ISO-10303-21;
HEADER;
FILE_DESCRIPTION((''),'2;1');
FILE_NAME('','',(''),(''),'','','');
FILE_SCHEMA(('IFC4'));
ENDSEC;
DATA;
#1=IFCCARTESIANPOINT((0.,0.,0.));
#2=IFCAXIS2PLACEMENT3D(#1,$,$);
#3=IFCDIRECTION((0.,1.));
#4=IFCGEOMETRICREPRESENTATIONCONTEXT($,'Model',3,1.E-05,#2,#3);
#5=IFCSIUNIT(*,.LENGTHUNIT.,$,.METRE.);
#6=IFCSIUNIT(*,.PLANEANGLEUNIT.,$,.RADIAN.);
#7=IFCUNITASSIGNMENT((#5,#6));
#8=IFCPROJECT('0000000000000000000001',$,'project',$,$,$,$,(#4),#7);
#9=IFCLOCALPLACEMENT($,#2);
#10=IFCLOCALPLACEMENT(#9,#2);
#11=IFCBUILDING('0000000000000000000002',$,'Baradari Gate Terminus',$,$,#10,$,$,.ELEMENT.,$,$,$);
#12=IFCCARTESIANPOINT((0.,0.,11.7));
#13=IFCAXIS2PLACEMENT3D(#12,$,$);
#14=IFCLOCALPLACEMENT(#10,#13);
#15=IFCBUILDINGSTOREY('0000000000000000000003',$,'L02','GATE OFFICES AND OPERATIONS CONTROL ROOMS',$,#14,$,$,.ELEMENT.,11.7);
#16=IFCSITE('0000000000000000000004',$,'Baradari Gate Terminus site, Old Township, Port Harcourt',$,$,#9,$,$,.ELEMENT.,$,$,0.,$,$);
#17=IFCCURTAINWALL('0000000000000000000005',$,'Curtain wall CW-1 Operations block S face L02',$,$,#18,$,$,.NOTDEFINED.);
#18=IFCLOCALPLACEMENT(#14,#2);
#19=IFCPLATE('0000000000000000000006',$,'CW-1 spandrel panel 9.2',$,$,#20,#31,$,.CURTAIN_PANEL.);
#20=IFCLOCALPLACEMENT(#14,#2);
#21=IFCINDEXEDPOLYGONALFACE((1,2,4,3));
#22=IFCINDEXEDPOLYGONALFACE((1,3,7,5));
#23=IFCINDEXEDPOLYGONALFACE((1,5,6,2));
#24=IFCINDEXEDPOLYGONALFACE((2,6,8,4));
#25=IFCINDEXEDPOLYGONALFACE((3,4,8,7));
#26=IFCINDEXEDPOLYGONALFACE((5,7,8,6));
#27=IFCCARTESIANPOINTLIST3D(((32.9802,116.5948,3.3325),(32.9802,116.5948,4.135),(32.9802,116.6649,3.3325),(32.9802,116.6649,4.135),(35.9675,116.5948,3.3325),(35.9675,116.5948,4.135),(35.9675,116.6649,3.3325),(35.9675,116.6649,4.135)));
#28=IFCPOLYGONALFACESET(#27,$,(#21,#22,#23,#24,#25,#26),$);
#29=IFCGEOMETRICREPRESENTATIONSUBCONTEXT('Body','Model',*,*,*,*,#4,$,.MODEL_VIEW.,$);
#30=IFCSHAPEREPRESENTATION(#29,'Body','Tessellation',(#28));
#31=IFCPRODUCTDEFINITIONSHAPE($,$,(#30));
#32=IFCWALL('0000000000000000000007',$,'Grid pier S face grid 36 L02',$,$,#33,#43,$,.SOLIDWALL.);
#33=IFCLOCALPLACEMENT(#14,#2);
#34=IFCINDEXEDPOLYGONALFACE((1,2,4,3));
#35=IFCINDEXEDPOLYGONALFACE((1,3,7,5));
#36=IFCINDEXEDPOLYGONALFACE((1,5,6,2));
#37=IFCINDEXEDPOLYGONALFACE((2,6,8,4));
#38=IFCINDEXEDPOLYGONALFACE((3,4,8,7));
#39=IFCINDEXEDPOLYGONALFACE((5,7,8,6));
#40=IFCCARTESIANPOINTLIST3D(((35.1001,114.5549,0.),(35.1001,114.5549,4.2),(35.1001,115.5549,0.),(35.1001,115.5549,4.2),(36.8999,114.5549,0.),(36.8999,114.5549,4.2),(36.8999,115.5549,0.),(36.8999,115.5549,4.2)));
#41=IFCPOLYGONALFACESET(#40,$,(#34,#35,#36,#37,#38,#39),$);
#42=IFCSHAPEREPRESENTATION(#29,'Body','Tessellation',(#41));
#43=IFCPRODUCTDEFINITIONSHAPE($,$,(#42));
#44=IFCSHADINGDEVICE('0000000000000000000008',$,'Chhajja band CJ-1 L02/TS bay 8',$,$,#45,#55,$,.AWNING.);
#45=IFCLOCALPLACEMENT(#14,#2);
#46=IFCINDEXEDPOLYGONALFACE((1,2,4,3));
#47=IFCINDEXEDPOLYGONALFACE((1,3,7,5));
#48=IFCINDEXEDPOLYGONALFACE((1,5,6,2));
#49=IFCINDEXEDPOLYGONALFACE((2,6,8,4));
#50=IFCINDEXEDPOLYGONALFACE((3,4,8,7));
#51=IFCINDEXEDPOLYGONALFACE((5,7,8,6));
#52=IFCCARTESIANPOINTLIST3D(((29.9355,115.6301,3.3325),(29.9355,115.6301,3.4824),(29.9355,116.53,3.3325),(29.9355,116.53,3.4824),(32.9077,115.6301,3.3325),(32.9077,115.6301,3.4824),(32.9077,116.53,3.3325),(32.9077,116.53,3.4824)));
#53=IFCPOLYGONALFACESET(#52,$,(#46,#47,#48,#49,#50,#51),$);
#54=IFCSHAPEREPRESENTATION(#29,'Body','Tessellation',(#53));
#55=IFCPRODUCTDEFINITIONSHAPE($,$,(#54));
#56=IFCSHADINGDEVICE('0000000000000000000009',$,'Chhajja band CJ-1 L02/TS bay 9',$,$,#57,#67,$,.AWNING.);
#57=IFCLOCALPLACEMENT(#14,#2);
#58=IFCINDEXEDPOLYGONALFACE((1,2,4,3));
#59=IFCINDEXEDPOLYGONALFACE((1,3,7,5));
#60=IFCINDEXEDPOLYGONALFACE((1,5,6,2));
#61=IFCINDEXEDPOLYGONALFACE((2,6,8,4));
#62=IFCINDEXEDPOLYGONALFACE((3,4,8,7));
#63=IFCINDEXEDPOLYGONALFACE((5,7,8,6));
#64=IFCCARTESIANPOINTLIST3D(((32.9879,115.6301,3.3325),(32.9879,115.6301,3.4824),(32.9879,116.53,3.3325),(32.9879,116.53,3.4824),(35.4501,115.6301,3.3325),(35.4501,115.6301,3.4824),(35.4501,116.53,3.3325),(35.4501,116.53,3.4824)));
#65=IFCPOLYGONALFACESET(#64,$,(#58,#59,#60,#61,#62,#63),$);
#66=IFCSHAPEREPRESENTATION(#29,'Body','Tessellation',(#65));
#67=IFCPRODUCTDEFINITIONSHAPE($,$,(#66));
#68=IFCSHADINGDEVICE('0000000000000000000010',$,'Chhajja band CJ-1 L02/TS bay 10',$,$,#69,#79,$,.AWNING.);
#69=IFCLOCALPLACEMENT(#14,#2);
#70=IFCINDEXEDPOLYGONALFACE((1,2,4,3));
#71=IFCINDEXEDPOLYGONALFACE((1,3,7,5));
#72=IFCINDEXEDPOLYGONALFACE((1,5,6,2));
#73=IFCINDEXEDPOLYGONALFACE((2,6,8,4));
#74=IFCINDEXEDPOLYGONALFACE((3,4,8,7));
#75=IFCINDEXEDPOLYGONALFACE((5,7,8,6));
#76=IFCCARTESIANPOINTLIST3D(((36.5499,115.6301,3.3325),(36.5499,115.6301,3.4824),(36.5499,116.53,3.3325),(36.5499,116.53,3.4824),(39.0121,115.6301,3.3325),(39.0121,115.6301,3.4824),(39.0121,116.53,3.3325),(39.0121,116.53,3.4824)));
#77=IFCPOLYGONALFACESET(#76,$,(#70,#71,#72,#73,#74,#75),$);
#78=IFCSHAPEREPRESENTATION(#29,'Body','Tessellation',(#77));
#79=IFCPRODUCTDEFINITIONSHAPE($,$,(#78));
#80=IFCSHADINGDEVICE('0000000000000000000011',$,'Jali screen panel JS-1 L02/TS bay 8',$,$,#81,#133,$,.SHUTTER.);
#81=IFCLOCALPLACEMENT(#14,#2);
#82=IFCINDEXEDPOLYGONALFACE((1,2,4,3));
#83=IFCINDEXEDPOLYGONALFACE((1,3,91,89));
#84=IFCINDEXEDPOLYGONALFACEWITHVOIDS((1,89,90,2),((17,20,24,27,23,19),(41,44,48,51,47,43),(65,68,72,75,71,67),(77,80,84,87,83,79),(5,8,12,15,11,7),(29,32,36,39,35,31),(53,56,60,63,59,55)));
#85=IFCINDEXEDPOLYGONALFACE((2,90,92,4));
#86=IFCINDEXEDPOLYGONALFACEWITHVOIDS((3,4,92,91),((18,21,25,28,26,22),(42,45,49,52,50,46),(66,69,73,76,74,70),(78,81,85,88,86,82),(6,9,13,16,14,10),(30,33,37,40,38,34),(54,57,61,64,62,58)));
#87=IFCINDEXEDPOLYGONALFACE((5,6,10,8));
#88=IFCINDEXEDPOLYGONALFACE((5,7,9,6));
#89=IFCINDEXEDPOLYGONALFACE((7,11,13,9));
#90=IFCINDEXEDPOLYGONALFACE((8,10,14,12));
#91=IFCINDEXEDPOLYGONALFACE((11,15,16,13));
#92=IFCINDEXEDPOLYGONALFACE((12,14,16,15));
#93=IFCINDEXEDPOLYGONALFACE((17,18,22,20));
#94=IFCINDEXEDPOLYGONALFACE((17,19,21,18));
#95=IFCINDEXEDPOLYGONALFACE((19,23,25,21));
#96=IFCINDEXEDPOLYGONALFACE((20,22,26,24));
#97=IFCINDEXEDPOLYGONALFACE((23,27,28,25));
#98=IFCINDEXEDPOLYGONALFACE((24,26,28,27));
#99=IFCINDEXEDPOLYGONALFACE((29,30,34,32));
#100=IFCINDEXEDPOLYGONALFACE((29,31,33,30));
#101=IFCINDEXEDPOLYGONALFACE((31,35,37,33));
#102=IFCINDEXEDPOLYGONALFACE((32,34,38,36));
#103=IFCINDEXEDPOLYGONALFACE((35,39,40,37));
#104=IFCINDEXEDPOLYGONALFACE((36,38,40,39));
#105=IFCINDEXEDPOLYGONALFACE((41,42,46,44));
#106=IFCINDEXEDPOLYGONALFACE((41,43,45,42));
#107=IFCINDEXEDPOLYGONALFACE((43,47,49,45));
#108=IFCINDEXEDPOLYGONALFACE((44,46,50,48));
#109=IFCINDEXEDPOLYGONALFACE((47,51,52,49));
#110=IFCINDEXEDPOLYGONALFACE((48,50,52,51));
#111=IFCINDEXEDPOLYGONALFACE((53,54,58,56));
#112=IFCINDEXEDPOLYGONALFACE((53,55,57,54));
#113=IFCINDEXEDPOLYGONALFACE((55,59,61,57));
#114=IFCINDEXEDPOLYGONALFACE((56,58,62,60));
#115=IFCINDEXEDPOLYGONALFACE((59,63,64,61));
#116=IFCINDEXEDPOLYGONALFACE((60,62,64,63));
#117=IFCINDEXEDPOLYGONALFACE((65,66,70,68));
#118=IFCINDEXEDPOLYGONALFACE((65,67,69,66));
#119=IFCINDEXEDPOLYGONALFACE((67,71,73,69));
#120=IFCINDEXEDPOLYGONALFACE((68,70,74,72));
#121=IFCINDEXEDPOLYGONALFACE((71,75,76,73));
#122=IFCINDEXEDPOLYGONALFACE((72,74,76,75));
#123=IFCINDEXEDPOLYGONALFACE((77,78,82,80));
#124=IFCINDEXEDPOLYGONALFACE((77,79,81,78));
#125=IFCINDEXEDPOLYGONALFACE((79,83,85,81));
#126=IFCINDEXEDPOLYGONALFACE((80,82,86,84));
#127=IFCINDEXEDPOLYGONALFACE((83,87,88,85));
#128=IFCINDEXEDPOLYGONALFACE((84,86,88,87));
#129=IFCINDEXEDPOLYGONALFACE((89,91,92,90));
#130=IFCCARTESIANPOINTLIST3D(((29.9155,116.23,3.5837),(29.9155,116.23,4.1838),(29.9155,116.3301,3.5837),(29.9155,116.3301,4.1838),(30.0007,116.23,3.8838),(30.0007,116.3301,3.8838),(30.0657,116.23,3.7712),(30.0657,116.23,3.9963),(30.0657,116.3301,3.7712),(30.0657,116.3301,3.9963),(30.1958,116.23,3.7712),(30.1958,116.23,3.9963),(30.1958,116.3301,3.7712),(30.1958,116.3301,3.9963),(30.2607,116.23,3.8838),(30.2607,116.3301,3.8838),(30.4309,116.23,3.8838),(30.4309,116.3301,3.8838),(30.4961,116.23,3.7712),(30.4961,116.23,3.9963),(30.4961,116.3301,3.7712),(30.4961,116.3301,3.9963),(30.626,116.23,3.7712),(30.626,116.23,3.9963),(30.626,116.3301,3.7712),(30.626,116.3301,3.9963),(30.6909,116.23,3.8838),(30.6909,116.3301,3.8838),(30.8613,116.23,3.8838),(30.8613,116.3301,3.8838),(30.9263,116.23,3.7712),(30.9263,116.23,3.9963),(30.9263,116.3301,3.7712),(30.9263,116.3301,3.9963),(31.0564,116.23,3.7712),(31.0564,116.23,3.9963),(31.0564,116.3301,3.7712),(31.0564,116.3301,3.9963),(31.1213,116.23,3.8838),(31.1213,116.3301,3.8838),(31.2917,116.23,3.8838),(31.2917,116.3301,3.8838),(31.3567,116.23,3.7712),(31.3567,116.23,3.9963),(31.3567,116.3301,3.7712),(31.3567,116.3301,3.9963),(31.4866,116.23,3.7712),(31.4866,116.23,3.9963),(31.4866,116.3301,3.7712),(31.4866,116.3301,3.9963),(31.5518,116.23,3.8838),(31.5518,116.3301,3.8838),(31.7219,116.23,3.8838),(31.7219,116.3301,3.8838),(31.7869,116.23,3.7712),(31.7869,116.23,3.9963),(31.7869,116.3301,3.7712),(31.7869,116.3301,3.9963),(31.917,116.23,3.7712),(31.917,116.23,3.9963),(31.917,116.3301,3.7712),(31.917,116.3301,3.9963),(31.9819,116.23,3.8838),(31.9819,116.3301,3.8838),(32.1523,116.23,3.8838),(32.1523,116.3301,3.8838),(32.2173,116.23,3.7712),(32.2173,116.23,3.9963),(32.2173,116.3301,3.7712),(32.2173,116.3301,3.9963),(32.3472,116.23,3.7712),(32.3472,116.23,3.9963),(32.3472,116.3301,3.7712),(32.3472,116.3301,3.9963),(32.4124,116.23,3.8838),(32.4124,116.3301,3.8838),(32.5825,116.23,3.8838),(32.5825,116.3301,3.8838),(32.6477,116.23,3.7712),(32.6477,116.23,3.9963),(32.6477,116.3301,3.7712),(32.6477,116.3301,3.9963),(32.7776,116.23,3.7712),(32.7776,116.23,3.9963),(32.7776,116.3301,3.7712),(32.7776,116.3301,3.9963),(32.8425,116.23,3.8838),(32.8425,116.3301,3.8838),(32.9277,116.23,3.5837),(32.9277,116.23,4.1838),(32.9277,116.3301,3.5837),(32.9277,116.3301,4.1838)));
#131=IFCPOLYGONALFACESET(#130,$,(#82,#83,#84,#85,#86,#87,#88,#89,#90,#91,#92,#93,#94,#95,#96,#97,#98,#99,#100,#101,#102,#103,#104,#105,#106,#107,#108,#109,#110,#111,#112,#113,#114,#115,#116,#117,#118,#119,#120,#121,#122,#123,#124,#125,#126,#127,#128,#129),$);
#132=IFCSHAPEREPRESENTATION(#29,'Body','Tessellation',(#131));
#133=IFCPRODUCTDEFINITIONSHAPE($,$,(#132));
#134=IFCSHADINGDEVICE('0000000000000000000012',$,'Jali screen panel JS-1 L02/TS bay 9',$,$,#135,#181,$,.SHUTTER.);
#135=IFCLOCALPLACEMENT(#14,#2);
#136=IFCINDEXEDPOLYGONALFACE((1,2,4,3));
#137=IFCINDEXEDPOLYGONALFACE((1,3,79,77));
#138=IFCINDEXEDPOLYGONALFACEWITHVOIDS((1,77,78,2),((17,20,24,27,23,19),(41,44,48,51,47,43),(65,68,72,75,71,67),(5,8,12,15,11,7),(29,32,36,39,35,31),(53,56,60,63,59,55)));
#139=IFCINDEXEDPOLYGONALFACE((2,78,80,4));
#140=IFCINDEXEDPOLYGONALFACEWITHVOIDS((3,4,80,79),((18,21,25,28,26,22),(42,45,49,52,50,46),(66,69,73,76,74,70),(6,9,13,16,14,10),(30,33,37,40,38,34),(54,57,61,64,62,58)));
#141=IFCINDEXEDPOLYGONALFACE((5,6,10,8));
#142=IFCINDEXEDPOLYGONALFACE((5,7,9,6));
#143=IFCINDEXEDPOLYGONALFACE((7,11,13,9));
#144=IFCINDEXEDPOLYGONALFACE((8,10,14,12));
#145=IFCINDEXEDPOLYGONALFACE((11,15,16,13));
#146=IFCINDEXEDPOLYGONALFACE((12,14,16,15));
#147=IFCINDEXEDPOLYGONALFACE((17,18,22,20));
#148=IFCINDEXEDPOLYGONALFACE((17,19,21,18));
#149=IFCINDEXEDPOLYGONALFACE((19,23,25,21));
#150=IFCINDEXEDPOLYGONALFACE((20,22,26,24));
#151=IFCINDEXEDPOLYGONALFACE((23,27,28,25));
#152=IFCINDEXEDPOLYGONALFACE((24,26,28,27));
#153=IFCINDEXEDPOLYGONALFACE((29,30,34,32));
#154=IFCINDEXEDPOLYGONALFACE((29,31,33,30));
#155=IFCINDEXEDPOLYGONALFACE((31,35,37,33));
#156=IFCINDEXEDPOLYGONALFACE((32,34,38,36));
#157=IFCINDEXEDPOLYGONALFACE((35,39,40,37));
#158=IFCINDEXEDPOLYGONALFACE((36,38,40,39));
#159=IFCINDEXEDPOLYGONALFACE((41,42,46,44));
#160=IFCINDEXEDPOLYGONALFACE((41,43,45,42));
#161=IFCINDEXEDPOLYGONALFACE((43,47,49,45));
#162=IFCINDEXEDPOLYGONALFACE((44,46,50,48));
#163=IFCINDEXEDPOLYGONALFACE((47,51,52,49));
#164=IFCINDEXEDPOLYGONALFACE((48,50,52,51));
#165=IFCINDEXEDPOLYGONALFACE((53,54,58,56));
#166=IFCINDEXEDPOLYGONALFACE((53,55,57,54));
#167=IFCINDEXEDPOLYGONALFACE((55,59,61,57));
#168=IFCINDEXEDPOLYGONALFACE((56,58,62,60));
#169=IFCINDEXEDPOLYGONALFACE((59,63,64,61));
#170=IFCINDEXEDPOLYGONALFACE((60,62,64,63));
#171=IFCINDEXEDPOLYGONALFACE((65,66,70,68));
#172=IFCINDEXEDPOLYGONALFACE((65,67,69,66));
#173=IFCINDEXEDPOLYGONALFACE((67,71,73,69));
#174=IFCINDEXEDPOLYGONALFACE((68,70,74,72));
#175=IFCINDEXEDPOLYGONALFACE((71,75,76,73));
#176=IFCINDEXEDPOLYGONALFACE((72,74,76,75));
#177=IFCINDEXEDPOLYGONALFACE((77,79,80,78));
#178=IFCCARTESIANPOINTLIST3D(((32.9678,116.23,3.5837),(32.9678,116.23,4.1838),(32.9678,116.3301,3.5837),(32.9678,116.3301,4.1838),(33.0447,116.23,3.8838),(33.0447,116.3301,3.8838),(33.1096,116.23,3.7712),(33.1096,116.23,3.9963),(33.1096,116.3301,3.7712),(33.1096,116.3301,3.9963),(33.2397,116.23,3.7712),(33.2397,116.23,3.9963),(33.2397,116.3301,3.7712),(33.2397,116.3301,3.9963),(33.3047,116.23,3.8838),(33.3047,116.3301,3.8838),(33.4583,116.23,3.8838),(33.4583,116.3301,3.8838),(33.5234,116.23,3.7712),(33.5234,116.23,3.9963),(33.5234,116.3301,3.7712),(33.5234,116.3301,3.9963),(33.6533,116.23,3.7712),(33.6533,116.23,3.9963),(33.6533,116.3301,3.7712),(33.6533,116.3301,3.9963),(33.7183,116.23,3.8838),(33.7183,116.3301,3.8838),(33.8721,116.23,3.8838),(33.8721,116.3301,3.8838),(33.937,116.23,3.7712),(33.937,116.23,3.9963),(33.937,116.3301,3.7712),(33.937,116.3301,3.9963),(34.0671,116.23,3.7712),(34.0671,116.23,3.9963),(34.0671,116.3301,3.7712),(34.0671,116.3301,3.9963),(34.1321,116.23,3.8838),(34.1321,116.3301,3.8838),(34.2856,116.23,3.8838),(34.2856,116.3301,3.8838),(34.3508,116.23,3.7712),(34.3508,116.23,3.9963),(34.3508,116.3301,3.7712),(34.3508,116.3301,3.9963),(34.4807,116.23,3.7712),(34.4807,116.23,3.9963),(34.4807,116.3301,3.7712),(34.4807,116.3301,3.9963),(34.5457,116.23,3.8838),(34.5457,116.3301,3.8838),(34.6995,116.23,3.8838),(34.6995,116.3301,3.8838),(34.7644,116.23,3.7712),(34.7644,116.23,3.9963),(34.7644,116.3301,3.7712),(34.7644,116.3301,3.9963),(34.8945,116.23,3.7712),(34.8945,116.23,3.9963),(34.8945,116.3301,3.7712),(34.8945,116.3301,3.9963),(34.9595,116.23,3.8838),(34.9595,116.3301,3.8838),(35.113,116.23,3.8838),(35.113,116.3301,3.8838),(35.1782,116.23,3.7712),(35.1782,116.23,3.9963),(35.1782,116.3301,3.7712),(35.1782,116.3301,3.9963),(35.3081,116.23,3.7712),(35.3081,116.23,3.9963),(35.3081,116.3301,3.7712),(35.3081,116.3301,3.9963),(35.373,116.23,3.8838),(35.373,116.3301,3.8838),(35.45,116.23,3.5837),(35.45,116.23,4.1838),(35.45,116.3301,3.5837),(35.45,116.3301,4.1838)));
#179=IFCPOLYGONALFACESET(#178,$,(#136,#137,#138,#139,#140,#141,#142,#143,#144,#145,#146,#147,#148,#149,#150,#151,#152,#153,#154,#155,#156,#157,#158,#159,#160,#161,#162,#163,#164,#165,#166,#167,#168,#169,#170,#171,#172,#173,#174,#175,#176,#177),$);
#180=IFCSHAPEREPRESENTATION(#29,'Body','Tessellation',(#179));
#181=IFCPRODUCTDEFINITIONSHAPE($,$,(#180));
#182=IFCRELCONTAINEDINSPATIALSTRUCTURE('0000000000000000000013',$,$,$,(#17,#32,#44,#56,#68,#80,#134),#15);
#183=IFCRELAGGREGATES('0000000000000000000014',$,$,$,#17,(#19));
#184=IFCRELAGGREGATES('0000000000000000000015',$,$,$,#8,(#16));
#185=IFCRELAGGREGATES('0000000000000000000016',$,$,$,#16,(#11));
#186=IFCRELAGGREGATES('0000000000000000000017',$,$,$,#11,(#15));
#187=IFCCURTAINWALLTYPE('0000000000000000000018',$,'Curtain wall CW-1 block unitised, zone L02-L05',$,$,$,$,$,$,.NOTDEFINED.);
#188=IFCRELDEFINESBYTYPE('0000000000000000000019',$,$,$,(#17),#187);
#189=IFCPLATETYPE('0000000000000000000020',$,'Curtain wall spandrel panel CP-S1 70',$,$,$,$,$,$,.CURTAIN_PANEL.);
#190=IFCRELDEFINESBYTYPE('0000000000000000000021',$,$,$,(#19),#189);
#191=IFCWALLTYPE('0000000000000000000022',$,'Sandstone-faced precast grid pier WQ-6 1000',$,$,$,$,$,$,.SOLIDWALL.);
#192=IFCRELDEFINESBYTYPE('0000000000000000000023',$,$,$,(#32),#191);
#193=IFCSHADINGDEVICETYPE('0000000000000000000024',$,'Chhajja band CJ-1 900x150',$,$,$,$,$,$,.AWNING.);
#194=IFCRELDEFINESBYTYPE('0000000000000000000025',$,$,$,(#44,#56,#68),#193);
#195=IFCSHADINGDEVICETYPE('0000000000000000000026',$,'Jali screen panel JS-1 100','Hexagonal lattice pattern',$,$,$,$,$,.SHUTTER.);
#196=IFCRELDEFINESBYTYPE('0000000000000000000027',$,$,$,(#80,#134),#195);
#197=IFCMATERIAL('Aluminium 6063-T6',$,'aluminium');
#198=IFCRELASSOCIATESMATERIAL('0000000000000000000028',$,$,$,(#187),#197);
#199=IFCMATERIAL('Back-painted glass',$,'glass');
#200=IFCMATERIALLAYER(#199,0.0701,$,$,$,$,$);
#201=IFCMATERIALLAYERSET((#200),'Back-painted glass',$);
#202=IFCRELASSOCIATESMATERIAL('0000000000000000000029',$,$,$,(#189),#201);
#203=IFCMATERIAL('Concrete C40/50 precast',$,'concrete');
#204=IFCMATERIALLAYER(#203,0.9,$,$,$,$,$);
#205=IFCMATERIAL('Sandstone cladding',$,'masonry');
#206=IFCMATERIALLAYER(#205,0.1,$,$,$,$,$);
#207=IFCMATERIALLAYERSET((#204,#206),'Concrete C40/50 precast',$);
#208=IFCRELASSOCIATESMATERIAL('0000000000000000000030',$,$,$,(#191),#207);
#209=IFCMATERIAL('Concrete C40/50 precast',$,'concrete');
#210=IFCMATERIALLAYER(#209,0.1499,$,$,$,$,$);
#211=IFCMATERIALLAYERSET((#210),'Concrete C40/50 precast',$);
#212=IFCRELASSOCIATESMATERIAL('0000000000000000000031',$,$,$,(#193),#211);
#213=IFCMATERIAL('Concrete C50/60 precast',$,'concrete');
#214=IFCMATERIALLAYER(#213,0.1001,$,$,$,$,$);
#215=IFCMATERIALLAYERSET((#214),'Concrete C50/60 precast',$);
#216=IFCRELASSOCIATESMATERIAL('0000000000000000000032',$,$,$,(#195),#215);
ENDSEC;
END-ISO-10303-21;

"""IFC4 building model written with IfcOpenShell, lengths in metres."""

from ifc_helpers import new_model, si_unit, direction, frame, frame_2d, origin, origin_2d, place, context, subcontext, project, spatial, polyline, rectangle, outline, extrude, material, layer, layer_set, type_object, element, aggregate, save


model = new_model("IFC4")

# Units and contexts
model_context = context("Model", 3, precision=1e-05, world=origin(), true_north=direction((0.0, 1.0)))
body_context = subcontext(model_context, "Body", "Model", "MODEL_VIEW")
ifc_project = project(units=[si_unit("LENGTHUNIT", "METRE"), si_unit("PLANEANGLEUNIT", "RADIAN")], contexts=[model_context])

# Site, building, storey
site_placement = place(None, origin())
site = spatial("IfcSite", under=ifc_project, at=site_placement, Name="Baradari Gate Terminus site, Old Township, Port Harcourt", CompositionType="ELEMENT", RefElevation=0.0)
building_placement = place(site_placement, origin())
building = spatial("IfcBuilding", under=site, at=building_placement, Name="Baradari Gate Terminus", CompositionType="ELEMENT")
storey_placement = place(building_placement, frame((0.0, 0.0, 11.7)))
storey = spatial("IfcBuildingStorey", under=building, at=storey_placement, Name="L02", Description="GATE OFFICES AND OPERATIONS CONTROL ROOMS", CompositionType="ELEMENT", Elevation=11.7)

# Curtain wall, plate
ifc_material_1 = material(Name="Aluminium 6063-T6", Category="aluminium")
curtain_wall_type = type_object("IfcCurtainWallType", Name="Curtain wall CW-1 block unitised, zone L02-L05", PredefinedType="NOTDEFINED", material=ifc_material_1)
curtain_wall_placement = place(storey_placement, origin())
curtain_wall = element("IfcCurtainWall", 1, at=curtain_wall_placement, inside=storey, type_object=curtain_wall_type, Name="Curtain wall CW-1 Operations block S face L02", PredefinedType="NOTDEFINED")
ifc_material_2 = material(Name="Back-painted glass", Category="glass")
ifc_layer_1 = layer(ifc_material_2, 0.0701)
ifc_layer_set_1 = layer_set([ifc_layer_1], Name="Back-painted glass")
plate_type_1 = type_object("IfcPlateType", Name="Curtain wall spandrel panel CP-S1 70", PredefinedType="CURTAIN_PANEL", material=ifc_layer_set_1)
plate_1_placement = place(storey_placement, frame((34.4739, 116.6299, 3.3325), z_axis=(0.0, 0.0, 1.0), x_axis=(1.0, 0.0, 0.0)))
plate_1 = element("IfcPlate", 2, at=plate_1_placement, type_object=plate_type_1, Name="CW-1 spandrel panel 9.2", PredefinedType="CURTAIN_PANEL", context=body_context, shape_type="SweptSolid", body=[
    extrude(rectangle(XDim=2.9873, YDim=0.0701, at=origin_2d()), origin(), (0.0, 0.0, 1.0), 0.8025),
])
aggregate(curtain_wall, [plate_1])

# Wall
ifc_material_3 = material(Name="Concrete C40/50 precast", Category="concrete")
ifc_layer_2 = layer(ifc_material_3, 0.9)
ifc_material_4 = material(Name="Sandstone cladding", Category="masonry")
ifc_layer_3 = layer(ifc_material_4, 0.1)
ifc_layer_set_2 = layer_set([ifc_layer_2, ifc_layer_3], Name="Concrete C40/50 precast")
wall_type = type_object("IfcWallType", Name="Sandstone-faced precast grid pier WQ-6 1000", PredefinedType="SOLIDWALL", material=ifc_layer_set_2)
wall_placement = place(storey_placement, frame((35.1001, 115.0549, 0.0), z_axis=(0.0, 0.0, 1.0), x_axis=(1.0, 0.0, 0.0)))
element("IfcWall", 3, at=wall_placement, inside=storey, type_object=wall_type, Name="Grid pier S face grid 36 L02", PredefinedType="SOLIDWALL", context=body_context, shape_type="SweptSolid", body=[
    extrude(rectangle(XDim=1.7998, YDim=1.0, at=frame_2d((0.8999, 0.0))), origin(), (0.0, 0.0, 1.0), 4.2),
])

# Shading devices
ifc_material_5 = material(Name="Concrete C40/50 precast", Category="concrete")
ifc_layer_4 = layer(ifc_material_5, 0.1499)
ifc_layer_set_3 = layer_set([ifc_layer_4], Name="Concrete C40/50 precast")
shading_device_type_1 = type_object("IfcShadingDeviceType", Name="Chhajja band CJ-1 900x150", PredefinedType="AWNING", material=ifc_layer_set_3)
shading_device_1_placement = place(storey_placement, frame((31.4216, 116.0801, 3.3325), z_axis=(0.0, 0.0, 1.0), x_axis=(1.0, 0.0, 0.0)))
element("IfcShadingDevice", 4, at=shading_device_1_placement, inside=storey, type_object=shading_device_type_1, Name="Chhajja band CJ-1 L02/TS bay 8", PredefinedType="AWNING", context=body_context, shape_type="SweptSolid", body=[
    extrude(rectangle(XDim=2.9722, YDim=0.8999, at=origin_2d()), origin(), (0.0, 0.0, 1.0), 0.1499),
])
for number, where, z_axis, x_axis, name in (
    (5, (34.219, 116.0801, 3.3325), (0.0, 0.0, 1.0), (1.0, 0.0, 0.0), "Chhajja band CJ-1 L02/TS bay 9"),
    (6, (37.781, 116.0801, 3.3325), (0.0, 0.0, 1.0), (1.0, 0.0, 0.0), "Chhajja band CJ-1 L02/TS bay 10"),
):
    element("IfcShadingDevice", number, at=place(storey_placement, frame(where, z_axis=z_axis, x_axis=x_axis)), inside=storey, type_object=shading_device_type_1, Name=name, PredefinedType="AWNING", context=body_context, shape_type="SweptSolid", body=[
        extrude(rectangle(XDim=2.4622, YDim=0.8999, at=origin_2d()), origin(), (0.0, 0.0, 1.0), 0.1499),
    ])
ifc_material_6 = material(Name="Concrete C50/60 precast", Category="concrete")
ifc_layer_5 = layer(ifc_material_6, 0.1001)
ifc_layer_set_4 = layer_set([ifc_layer_5], Name="Concrete C50/60 precast")
shading_device_type_2 = type_object("IfcShadingDeviceType", Name="Jali screen panel JS-1 100", Description="Hexagonal lattice pattern", PredefinedType="SHUTTER", material=ifc_layer_set_4)
shading_device_2_placement = place(storey_placement, frame((29.9155, 116.28, 3.5837), z_axis=(0.0, 0.0, 1.0), x_axis=(1.0, 0.0, 0.0)))
element("IfcShadingDevice", 7, at=shading_device_2_placement, inside=storey, type_object=shading_device_type_2, Name="Jali screen panel JS-1 L02/TS bay 8", PredefinedType="SHUTTER", context=body_context, shape_type="SweptSolid", body=[
    extrude(outline(polyline([(0.0, 0.0), (3.0122, 0.0), (3.0122, 0.6001), (0.0, 0.6001), (0.0, 0.0)]), holes=[polyline([(0.3452, 0.3), (0.2803, 0.1875), (0.1501, 0.1875), (0.0852, 0.3), (0.1501, 0.4126), (0.2803, 0.4126), (0.3452, 0.3)]), polyline([(0.7754, 0.3), (0.7104, 0.1875), (0.5806, 0.1875), (0.5154, 0.3), (0.5806, 0.4126), (0.7104, 0.4126), (0.7754, 0.3)]), polyline([(1.2058, 0.3), (1.1409, 0.1875), (1.0107, 0.1875), (0.9458, 0.3), (1.0107, 0.4126), (1.1409, 0.4126), (1.2058, 0.3)]), polyline([(1.6362, 0.3), (1.571, 0.1875), (1.4412, 0.1875), (1.3762, 0.3), (1.4412, 0.4126), (1.571, 0.4126), (1.6362, 0.3)]), polyline([(2.0664, 0.3), (2.0015, 0.1875), (1.8713, 0.1875), (1.8064, 0.3), (1.8713, 0.4126), (2.0015, 0.4126), (2.0664, 0.3)]), polyline([(2.4968, 0.3), (2.4316, 0.1875), (2.3018, 0.1875), (2.2368, 0.3), (2.3018, 0.4126), (2.4316, 0.4126), (2.4968, 0.3)]), polyline([(2.927, 0.3), (2.8621, 0.1875), (2.7322, 0.1875), (2.667, 0.3), (2.7322, 0.4126), (2.8621, 0.4126), (2.927, 0.3)])]), frame((0.0, 0.05, 0.0), z_axis=(0.0, -1.0, 0.0), x_axis=(1.0, 0.0, 0.0)), (0.0, 0.0, 1.0), 0.1001),
])
for number, where, z_axis, x_axis, name in (
    (8, (32.9678, 116.28, 3.5837), (0.0, 0.0, 1.0), (1.0, 0.0, 0.0), "Jali screen panel JS-1 L02/TS bay 9"),
):
    element("IfcShadingDevice", number, at=place(storey_placement, frame(where, z_axis=z_axis, x_axis=x_axis)), inside=storey, type_object=shading_device_type_2, Name=name, PredefinedType="SHUTTER", context=body_context, shape_type="SweptSolid", body=[
        extrude(outline(polyline([(0.0, 0.0), (2.4822, 0.0), (2.4822, 0.6001), (0.0, 0.6001), (0.0, 0.0)]), holes=[polyline([(0.3369, 0.3), (0.272, 0.1875), (0.1418, 0.1875), (0.0769, 0.3), (0.1418, 0.4126), (0.272, 0.4126), (0.3369, 0.3)]), polyline([(0.7505, 0.3), (0.6855, 0.1875), (0.5557, 0.1875), (0.4905, 0.3), (0.5557, 0.4126), (0.6855, 0.4126), (0.7505, 0.3)]), polyline([(1.1643, 0.3), (1.0994, 0.1875), (0.9692, 0.1875), (0.9043, 0.3), (0.9692, 0.4126), (1.0994, 0.4126), (1.1643, 0.3)]), polyline([(1.5779, 0.3), (1.5129, 0.1875), (1.3831, 0.1875), (1.3179, 0.3), (1.3831, 0.4126), (1.5129, 0.4126), (1.5779, 0.3)]), polyline([(1.9917, 0.3), (1.9268, 0.1875), (1.7966, 0.1875), (1.7317, 0.3), (1.7966, 0.4126), (1.9268, 0.4126), (1.9917, 0.3)]), polyline([(2.4053, 0.3), (2.3403, 0.1875), (2.2104, 0.1875), (2.1453, 0.3), (2.2104, 0.4126), (2.3403, 0.4126), (2.4053, 0.3)])]), frame((0.0, 0.05, 0.0), z_axis=(0.0, -1.0, 0.0), x_axis=(1.0, 0.0, 0.0)), (0.0, 0.0, 1.0), 0.1001),
    ])

save(model, "model.ifc")
